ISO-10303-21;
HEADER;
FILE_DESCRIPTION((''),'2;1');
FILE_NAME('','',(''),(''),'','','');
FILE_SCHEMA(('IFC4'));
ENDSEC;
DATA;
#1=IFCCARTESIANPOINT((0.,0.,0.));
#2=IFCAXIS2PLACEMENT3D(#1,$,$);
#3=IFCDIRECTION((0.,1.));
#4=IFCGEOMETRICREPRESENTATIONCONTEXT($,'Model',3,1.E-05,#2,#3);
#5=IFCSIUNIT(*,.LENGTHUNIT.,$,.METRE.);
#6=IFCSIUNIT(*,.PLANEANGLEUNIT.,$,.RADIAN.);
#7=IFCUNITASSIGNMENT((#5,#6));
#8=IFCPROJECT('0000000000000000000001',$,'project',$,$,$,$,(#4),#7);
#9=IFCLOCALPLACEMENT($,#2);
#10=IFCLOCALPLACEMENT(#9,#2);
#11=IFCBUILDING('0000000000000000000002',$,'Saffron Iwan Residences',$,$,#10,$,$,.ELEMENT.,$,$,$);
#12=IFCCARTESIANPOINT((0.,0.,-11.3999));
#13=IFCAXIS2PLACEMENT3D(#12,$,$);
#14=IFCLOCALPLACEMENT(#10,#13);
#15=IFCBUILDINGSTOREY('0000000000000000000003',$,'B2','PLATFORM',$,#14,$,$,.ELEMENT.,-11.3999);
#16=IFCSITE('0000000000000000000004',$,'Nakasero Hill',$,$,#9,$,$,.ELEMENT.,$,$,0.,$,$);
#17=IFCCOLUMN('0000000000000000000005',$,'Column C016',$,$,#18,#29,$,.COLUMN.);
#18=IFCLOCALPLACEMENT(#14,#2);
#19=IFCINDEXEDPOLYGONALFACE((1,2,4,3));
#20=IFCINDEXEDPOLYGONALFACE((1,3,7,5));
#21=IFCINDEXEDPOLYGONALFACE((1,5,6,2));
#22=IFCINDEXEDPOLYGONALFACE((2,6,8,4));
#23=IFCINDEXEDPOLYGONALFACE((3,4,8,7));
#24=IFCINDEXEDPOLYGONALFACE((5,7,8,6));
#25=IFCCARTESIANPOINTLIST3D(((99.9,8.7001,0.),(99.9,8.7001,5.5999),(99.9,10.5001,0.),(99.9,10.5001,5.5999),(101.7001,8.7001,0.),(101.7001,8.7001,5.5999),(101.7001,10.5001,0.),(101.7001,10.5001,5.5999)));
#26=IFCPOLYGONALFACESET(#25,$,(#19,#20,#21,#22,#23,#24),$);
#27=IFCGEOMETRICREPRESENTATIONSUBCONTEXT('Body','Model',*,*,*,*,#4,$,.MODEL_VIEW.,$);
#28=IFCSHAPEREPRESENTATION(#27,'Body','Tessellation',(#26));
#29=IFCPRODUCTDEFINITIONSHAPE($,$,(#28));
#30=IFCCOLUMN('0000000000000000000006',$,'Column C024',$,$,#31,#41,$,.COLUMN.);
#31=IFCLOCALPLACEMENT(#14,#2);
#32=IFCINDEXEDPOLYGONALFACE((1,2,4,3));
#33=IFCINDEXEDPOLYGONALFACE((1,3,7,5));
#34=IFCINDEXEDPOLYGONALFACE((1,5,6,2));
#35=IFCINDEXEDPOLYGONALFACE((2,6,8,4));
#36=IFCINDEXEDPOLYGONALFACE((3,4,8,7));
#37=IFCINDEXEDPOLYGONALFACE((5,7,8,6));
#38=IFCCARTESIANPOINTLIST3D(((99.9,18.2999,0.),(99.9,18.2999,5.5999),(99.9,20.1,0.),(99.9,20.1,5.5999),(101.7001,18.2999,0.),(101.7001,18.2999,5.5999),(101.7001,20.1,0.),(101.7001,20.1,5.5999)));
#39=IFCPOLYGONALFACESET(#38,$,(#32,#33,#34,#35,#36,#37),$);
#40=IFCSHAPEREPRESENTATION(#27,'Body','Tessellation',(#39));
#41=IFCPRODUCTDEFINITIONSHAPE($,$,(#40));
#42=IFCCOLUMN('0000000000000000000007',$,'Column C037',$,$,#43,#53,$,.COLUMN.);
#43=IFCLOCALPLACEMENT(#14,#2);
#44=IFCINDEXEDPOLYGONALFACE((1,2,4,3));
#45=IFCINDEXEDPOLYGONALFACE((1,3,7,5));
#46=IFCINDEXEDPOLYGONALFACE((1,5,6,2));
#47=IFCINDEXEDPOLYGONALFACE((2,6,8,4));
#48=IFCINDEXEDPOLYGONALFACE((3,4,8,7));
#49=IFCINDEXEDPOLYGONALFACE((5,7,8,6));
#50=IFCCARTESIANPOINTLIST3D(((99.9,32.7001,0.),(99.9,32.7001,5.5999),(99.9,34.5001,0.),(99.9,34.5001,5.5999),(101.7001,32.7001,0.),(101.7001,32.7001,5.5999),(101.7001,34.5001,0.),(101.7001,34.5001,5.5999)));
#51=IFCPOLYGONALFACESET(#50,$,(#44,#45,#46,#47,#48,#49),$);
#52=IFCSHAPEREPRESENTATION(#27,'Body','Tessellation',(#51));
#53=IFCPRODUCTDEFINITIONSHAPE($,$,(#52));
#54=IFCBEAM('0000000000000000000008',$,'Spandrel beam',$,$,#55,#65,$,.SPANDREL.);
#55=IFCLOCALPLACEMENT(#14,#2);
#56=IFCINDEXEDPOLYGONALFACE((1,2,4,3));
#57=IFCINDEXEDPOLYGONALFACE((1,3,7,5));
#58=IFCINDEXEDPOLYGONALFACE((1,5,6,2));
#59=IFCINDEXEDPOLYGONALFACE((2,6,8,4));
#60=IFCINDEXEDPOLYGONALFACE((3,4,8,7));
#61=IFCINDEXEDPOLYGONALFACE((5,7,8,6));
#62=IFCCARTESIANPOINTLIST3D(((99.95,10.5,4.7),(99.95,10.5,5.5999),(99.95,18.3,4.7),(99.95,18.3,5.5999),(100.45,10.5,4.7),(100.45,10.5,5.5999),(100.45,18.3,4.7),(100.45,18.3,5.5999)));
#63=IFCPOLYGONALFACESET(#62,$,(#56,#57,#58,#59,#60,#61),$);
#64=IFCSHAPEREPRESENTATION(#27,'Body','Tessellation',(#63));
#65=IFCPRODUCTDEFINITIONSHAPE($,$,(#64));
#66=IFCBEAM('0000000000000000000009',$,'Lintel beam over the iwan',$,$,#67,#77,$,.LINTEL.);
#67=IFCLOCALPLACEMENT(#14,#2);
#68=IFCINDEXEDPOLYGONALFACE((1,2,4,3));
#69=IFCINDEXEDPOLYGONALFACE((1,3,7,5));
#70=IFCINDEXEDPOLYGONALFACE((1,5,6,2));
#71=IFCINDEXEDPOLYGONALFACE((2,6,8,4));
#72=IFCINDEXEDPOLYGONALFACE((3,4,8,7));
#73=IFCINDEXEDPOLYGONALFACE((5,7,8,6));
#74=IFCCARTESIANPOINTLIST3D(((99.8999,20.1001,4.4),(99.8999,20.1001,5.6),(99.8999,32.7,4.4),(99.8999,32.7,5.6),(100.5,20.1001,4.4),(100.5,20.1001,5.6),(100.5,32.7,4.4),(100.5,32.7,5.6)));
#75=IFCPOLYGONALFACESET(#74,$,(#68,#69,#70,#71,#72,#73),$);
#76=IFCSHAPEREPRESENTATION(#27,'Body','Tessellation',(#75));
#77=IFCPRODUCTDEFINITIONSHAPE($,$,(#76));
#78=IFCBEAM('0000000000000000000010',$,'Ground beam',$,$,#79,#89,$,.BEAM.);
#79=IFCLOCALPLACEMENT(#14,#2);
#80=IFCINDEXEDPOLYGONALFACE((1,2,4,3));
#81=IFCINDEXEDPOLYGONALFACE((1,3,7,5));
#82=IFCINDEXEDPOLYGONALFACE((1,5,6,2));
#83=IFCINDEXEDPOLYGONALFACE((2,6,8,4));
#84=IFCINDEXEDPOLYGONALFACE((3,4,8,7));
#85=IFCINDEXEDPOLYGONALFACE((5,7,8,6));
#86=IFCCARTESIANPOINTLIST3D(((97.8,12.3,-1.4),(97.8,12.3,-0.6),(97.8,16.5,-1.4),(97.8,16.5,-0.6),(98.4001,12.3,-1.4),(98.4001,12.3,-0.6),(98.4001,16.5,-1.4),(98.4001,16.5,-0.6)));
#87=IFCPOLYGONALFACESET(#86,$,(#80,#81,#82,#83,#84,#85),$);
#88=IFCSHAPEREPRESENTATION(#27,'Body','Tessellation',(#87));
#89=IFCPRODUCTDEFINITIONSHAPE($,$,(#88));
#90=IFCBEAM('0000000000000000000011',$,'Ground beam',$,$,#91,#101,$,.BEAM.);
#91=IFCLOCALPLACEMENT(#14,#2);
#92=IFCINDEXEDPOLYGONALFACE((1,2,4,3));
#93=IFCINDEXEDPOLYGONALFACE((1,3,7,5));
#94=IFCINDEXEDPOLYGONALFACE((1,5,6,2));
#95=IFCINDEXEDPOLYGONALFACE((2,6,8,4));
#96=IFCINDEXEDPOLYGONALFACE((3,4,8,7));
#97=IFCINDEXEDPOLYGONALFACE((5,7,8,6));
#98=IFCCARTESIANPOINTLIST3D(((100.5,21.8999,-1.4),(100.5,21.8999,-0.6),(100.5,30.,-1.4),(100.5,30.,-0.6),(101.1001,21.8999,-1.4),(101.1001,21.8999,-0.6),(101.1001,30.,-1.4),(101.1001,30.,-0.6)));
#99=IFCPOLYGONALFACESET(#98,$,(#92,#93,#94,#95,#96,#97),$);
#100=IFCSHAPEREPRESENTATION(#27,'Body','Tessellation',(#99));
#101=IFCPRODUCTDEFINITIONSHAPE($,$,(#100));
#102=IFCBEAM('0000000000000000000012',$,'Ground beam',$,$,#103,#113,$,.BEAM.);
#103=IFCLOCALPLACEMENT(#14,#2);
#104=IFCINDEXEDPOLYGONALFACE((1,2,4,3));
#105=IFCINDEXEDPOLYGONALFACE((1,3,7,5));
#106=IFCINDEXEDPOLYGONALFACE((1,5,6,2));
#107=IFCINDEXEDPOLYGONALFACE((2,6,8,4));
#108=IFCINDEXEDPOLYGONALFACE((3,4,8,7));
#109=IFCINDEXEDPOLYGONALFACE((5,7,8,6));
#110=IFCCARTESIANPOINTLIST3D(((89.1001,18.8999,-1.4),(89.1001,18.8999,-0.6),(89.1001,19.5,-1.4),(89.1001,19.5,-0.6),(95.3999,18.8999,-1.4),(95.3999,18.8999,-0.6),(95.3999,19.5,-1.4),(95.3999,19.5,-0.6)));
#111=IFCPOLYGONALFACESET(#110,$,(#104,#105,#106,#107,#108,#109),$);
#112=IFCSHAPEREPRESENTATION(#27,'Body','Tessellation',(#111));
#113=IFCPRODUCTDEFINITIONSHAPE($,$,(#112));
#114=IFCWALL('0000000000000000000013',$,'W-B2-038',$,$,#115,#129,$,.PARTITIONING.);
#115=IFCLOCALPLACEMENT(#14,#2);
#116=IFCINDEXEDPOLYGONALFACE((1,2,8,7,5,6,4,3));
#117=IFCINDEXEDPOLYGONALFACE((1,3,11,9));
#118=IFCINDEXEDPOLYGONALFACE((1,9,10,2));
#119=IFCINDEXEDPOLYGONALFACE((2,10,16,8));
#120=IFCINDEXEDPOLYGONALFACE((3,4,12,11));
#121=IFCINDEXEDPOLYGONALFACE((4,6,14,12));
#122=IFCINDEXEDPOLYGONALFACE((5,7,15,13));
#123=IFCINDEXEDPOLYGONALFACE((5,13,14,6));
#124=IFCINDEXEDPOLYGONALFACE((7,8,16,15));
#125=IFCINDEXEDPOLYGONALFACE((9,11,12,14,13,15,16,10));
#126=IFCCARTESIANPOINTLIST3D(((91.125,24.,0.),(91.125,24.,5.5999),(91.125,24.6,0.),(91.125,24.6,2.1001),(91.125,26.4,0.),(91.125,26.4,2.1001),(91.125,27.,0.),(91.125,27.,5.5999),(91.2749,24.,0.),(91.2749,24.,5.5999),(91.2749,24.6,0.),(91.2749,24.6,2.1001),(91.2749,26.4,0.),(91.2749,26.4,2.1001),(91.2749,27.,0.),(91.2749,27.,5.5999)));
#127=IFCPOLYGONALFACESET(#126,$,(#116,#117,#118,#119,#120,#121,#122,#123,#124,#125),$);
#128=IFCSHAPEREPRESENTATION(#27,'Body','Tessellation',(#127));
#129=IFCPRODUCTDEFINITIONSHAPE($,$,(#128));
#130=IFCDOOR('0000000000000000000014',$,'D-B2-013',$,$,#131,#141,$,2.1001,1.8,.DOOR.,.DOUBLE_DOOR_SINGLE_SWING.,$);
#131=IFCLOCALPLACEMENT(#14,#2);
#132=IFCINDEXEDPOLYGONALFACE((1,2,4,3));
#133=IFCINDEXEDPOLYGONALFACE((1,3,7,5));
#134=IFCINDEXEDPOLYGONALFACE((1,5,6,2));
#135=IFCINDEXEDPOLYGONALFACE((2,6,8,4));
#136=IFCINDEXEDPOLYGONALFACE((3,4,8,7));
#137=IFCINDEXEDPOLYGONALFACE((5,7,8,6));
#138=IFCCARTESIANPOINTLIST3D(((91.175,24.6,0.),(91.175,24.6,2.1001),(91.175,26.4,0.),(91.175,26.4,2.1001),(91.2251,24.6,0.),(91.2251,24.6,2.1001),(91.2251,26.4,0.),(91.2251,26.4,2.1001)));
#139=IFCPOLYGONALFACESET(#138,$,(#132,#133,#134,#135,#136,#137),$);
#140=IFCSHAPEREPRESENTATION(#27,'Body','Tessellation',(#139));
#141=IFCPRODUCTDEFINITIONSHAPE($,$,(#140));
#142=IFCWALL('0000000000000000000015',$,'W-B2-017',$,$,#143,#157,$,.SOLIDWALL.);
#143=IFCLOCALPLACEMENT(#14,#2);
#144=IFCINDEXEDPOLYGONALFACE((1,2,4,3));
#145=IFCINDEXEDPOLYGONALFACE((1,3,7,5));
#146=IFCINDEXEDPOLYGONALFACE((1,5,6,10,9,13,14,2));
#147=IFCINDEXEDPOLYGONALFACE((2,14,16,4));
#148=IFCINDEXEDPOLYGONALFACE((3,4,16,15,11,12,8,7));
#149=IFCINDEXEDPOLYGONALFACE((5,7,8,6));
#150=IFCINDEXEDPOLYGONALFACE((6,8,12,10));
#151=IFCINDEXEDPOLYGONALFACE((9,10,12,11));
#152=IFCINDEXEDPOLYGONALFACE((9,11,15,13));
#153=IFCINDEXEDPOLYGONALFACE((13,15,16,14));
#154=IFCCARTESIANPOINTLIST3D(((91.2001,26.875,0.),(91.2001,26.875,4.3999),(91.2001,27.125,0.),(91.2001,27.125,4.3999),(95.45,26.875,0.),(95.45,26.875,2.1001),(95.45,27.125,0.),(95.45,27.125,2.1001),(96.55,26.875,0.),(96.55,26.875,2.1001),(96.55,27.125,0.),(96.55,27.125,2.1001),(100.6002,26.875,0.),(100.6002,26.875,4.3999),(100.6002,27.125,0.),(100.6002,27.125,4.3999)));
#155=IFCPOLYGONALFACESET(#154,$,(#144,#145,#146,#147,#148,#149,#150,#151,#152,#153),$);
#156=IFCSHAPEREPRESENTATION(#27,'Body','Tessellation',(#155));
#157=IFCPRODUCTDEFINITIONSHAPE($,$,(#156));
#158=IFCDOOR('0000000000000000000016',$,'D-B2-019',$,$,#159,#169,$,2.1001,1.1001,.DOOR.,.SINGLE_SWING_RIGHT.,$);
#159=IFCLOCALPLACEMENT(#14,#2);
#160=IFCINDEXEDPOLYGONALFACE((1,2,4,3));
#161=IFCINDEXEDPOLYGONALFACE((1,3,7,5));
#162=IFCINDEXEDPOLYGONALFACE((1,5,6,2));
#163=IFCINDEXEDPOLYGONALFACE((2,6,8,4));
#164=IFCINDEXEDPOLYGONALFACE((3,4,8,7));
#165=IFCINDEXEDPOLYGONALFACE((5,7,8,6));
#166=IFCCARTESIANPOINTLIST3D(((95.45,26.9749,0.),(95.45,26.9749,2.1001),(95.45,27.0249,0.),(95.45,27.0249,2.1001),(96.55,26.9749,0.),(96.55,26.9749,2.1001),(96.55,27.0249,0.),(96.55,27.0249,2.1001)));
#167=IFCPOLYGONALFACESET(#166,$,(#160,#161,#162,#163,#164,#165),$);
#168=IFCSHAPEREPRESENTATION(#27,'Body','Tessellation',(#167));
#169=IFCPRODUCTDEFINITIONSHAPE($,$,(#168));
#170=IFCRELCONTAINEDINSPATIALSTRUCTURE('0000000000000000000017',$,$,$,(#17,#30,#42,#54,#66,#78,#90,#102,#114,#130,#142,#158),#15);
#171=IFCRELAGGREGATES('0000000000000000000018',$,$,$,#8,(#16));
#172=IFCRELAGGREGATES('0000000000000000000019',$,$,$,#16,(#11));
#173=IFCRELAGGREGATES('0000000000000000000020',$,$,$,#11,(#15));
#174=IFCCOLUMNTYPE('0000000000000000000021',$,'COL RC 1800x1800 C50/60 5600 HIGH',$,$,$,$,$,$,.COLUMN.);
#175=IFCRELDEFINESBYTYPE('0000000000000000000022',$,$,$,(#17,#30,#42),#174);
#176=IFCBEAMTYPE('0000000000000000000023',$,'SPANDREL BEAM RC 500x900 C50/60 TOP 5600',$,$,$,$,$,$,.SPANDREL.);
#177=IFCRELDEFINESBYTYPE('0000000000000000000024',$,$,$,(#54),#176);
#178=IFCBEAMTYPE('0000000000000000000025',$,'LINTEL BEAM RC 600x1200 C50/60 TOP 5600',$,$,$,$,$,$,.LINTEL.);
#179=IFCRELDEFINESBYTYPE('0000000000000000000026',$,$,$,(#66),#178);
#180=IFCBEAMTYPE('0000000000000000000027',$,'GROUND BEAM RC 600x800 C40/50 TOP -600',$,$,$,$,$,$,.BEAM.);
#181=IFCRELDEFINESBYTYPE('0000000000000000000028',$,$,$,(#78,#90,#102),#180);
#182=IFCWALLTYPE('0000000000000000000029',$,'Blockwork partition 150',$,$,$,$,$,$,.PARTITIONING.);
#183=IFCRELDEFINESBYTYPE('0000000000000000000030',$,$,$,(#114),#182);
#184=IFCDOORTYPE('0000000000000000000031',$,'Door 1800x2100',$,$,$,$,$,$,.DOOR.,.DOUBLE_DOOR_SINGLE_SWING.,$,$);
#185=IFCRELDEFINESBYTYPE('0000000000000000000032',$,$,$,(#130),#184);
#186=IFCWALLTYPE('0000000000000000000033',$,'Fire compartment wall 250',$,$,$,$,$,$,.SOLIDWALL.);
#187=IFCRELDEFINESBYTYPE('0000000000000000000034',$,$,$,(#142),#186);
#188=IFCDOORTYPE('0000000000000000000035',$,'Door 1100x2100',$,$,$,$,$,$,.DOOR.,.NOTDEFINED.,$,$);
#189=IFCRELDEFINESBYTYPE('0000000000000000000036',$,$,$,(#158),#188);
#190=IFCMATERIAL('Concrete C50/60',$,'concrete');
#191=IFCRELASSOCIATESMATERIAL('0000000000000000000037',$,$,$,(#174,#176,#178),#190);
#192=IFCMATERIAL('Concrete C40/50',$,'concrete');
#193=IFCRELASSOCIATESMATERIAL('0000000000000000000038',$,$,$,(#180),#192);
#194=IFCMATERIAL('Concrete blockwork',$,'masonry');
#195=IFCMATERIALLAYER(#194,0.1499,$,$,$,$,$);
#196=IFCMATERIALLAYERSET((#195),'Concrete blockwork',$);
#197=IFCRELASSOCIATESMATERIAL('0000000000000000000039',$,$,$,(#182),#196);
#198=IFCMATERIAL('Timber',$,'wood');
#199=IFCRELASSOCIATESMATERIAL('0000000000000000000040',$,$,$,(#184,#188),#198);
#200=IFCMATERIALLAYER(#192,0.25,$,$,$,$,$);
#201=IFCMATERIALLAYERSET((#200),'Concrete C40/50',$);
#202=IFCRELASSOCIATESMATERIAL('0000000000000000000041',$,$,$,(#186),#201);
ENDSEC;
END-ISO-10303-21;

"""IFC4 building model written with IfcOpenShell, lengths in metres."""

from ifc_helpers import new_model, si_unit, direction, frame, frame_2d, origin, origin_2d, place, context, subcontext, project, spatial, rectangle, extrude, source, transform, mapped, material, layer, layer_set, material_profile, profile_set, type_object, element, fill, save


model = new_model("IFC4")

# Units and contexts
model_context = context("Model", 3, precision=1e-05, world=origin(), true_north=direction((0.0, 1.0)))
body_context = subcontext(model_context, "Body", "Model", "MODEL_VIEW")
ifc_project = project(units=[si_unit("LENGTHUNIT", "METRE"), si_unit("PLANEANGLEUNIT", "RADIAN")], contexts=[model_context])

# Site, building, storey
site_placement = place(None, origin())
site = spatial("IfcSite", under=ifc_project, at=site_placement, Name="Nakasero Hill", CompositionType="ELEMENT", RefElevation=0.0)
building_placement = place(site_placement, origin())
building = spatial("IfcBuilding", under=site, at=building_placement, Name="Saffron Iwan Residences", CompositionType="ELEMENT")
storey_placement = place(building_placement, frame((0.0, 0.0, -11.3999)))
storey = spatial("IfcBuildingStorey", under=building, at=storey_placement, Name="B2", Description="PLATFORM", CompositionType="ELEMENT", Elevation=-11.3999)

# Shared definitions
ifc_material_1 = material(Name="Concrete C40/50", Category="concrete")

# Columns
ifc_material_2 = material(Name="Concrete C50/60", Category="concrete")
ifc_material_profile_1 = material_profile(ifc_material_2, rectangle(XDim=1.8, YDim=1.8, at=origin_2d()), Name="RC 1800x1800")
ifc_profile_set_1 = profile_set([ifc_material_profile_1], Name="Concrete C50/60")
column_type = type_object("IfcColumnType", Name="COL RC 1800x1800 C50/60 5600 HIGH", PredefinedType="COLUMN", material=ifc_profile_set_1)
shared_shape_1 = source(origin(), body_context, "Body", "SweptSolid", [
    extrude(rectangle(XDim=1.8, YDim=1.8, at=origin_2d()), origin(), (0.0, 0.0, 1.0), 5.5999),
])
for number, where, z_axis, x_axis, name in (
    (1, (100.8, 9.6001, 0.0), (0.0, 0.0, 1.0), (1.0, 0.0, 0.0), "Column C016"),
    (2, (100.8, 19.2, 0.0), (0.0, 0.0, 1.0), (1.0, 0.0, 0.0), "Column C024"),
    (3, (100.8, 33.6001, 0.0), (0.0, 0.0, 1.0), (1.0, 0.0, 0.0), "Column C037"),
):
    element("IfcColumn", number, at=place(storey_placement, frame(where, z_axis=z_axis, x_axis=x_axis)), inside=storey, type_object=column_type, Name=name, PredefinedType="COLUMN", context=body_context, shape_type="MappedRepresentation", body=[
        mapped(shared_shape_1, transform((0.0, 0.0, 0.0))),
    ])

# Beams
ifc_material_profile_2 = material_profile(ifc_material_2, rectangle(XDim=0.5, YDim=0.8999, at=origin_2d()), Name="RC 500x900")
ifc_profile_set_2 = profile_set([ifc_material_profile_2], Name="Concrete C50/60")
beam_type_1 = type_object("IfcBeamType", Name="SPANDREL BEAM RC 500x900 C50/60 TOP 5600", PredefinedType="SPANDREL", material=ifc_profile_set_2)
shared_shape_2 = source(origin(), body_context, "Body", "SweptSolid", [
    extrude(rectangle(XDim=0.5, YDim=0.8999, at=origin_2d()), origin(), (0.0, 0.0, 1.0), 7.8),
])
beam_1_placement = place(storey_placement, frame((100.2, 18.3, 5.1499), z_axis=(0.0, -1.0, 0.0), x_axis=(1.0, 0.0, 0.0)))
element("IfcBeam", 4, at=beam_1_placement, inside=storey, type_object=beam_type_1, Name="Spandrel beam", PredefinedType="SPANDREL", context=body_context, shape_type="MappedRepresentation", body=[
    mapped(shared_shape_2, transform((0.0, 0.0, 0.0))),
])
ifc_material_profile_3 = material_profile(ifc_material_2, rectangle(XDim=0.6001, YDim=1.2, at=origin_2d()), Name="RC 600x1200")
ifc_profile_set_3 = profile_set([ifc_material_profile_3], Name="Concrete C50/60")
beam_type_2 = type_object("IfcBeamType", Name="LINTEL BEAM RC 600x1200 C50/60 TOP 5600", PredefinedType="LINTEL", material=ifc_profile_set_3)
shared_shape_3 = source(origin(), body_context, "Body", "SweptSolid", [
    extrude(rectangle(XDim=0.6001, YDim=1.2, at=origin_2d()), origin(), (0.0, 0.0, 1.0), 12.5999),
])
beam_2_placement = place(storey_placement, frame((100.2, 32.7, 5.0), z_axis=(0.0, -1.0, 0.0), x_axis=(1.0, 0.0, 0.0)))
element("IfcBeam", 5, at=beam_2_placement, inside=storey, type_object=beam_type_2, Name="Lintel beam over the iwan", PredefinedType="LINTEL", context=body_context, shape_type="MappedRepresentation", body=[
    mapped(shared_shape_3, transform((0.0, 0.0, 0.0))),
])
ifc_material_profile_4 = material_profile(ifc_material_1, rectangle(XDim=0.6001, YDim=0.8, at=origin_2d()), Name="RC 600x800")
ifc_profile_set_4 = profile_set([ifc_material_profile_4], Name="Concrete C40/50")
beam_type_3 = type_object("IfcBeamType", Name="GROUND BEAM RC 600x800 C40/50 TOP -600", PredefinedType="BEAM", material=ifc_profile_set_4)
shared_shape_4 = source(origin(), body_context, "Body", "SweptSolid", [
    extrude(rectangle(XDim=0.6001, YDim=0.8, at=origin_2d()), origin(), (0.0, 0.0, 1.0), 4.2),
])
beam_3_placement = place(storey_placement, frame((98.1001, 12.3, -1.0), z_axis=(0.0, 1.0, 0.0), x_axis=(-1.0, 0.0, 0.0)))
element("IfcBeam", 6, at=beam_3_placement, inside=storey, type_object=beam_type_3, Name="Ground beam", PredefinedType="BEAM", context=body_context, shape_type="MappedRepresentation", body=[
    mapped(shared_shape_4, transform((0.0, 0.0, 0.0))),
])
shared_shape_5 = source(origin(), body_context, "Body", "SweptSolid", [
    extrude(rectangle(XDim=0.6001, YDim=0.8, at=origin_2d()), origin(), (0.0, 0.0, 1.0), 8.1001),
])
beam_4_placement = place(storey_placement, frame((100.8, 21.8999, -1.0), z_axis=(0.0, 1.0, 0.0), x_axis=(-1.0, 0.0, 0.0)))
element("IfcBeam", 7, at=beam_4_placement, inside=storey, type_object=beam_type_3, Name="Ground beam", PredefinedType="BEAM", context=body_context, shape_type="MappedRepresentation", body=[
    mapped(shared_shape_5, transform((0.0, 0.0, 0.0))),
])
shared_shape_6 = source(origin(), body_context, "Body", "SweptSolid", [
    extrude(rectangle(XDim=0.6001, YDim=0.8, at=origin_2d()), origin(), (0.0, 0.0, 1.0), 6.2998),
])
beam_5_placement = place(storey_placement, frame((89.1001, 19.2, -1.0), z_axis=(1.0, 0.0, 0.0), x_axis=(0.0, 1.0, 0.0)))
element("IfcBeam", 8, at=beam_5_placement, inside=storey, type_object=beam_type_3, Name="Ground beam", PredefinedType="BEAM", context=body_context, shape_type="MappedRepresentation", body=[
    mapped(shared_shape_6, transform((0.0, 0.0, 0.0))),
])

# Walls, openings, doors
ifc_material_3 = material(Name="Concrete blockwork", Category="masonry")
ifc_layer_1 = layer(ifc_material_3, 0.1499)
ifc_layer_set_1 = layer_set([ifc_layer_1], Name="Concrete blockwork")
wall_type_1 = type_object("IfcWallType", Name="Blockwork partition 150", PredefinedType="PARTITIONING", material=ifc_layer_set_1)
wall_1_placement = place(storey_placement, frame((91.2, 24.0, 0.0), z_axis=(0.0, 0.0, 1.0), x_axis=(0.0, 1.0, 0.0)))
wall_1 = element("IfcWall", 9, at=wall_1_placement, inside=storey, type_object=wall_type_1, Name="W-B2-038", PredefinedType="PARTITIONING", context=body_context, shape_type="SweptSolid", body=[
    extrude(rectangle(XDim=3.0, YDim=0.1499, at=frame_2d((1.5, 0.0))), origin(), (0.0, 0.0, 1.0), 5.5999),
])
opening_1_placement = place(wall_1_placement, frame((0.6001, 0.0, 0.0)))
opening_1 = element("IfcOpeningElement", 10, at=opening_1_placement, cuts=wall_1, PredefinedType="OPENING", context=body_context, shape_type="SweptSolid", body=[
    extrude(rectangle(XDim=1.8, YDim=2.1001, at=frame_2d((0.8999, 1.05))), frame((0.0, 0.085, 0.0), z_axis=(0.0, -1.0, 0.0), x_axis=(1.0, 0.0, 0.0)), (0.0, 0.0, 1.0), 0.1699),
])
ifc_material_4 = material(Name="Timber", Category="wood")
door_type_1 = type_object("IfcDoorType", Name="Door 1800x2100", OperationType="DOUBLE_DOOR_SINGLE_SWING", PredefinedType="DOOR", material=ifc_material_4)
door_1_placement = place(opening_1_placement, origin())
door_1 = element("IfcDoor", 11, at=door_1_placement, inside=storey, type_object=door_type_1, Name="D-B2-013", OperationType="DOUBLE_DOOR_SINGLE_SWING", OverallHeight=2.1001, OverallWidth=1.8, PredefinedType="DOOR", context=body_context, shape_type="SweptSolid", body=[
    extrude(rectangle(XDim=1.8, YDim=2.1001, at=frame_2d((0.8999, 1.05))), frame((0.0, 0.0249, 0.0), z_axis=(0.0, -1.0, 0.0), x_axis=(1.0, 0.0, 0.0)), (0.0, 0.0, 1.0), 0.05),
])
fill(opening_1, door_1)
ifc_layer_2 = layer(ifc_material_1, 0.25)
ifc_layer_set_2 = layer_set([ifc_layer_2], Name="Concrete C40/50")
wall_type_2 = type_object("IfcWallType", Name="Fire compartment wall 250", PredefinedType="SOLIDWALL", material=ifc_layer_set_2)
wall_2_placement = place(storey_placement, frame((91.2, 27.0, 0.0), z_axis=(0.0, 0.0, 1.0), x_axis=(1.0, 0.0, 0.0)))
wall_2 = element("IfcWall", 12, at=wall_2_placement, inside=storey, type_object=wall_type_2, Name="W-B2-017", PredefinedType="SOLIDWALL", context=body_context, shape_type="SweptSolid", body=[
    extrude(rectangle(XDim=9.4001, YDim=0.25, at=frame_2d((4.7002, 0.0))), origin(), (0.0, 0.0, 1.0), 4.3999),
])
opening_2_placement = place(wall_2_placement, frame((4.25, 0.0, 0.0)))
opening_2 = element("IfcOpeningElement", 13, at=opening_2_placement, cuts=wall_2, PredefinedType="OPENING", context=body_context, shape_type="SweptSolid", body=[
    extrude(rectangle(XDim=1.1001, YDim=2.1001, at=frame_2d((0.55, 1.05))), frame((0.0, 0.135, 0.0), z_axis=(0.0, -1.0, 0.0), x_axis=(1.0, 0.0, 0.0)), (0.0, 0.0, 1.0), 0.27),
])
door_type_2 = type_object("IfcDoorType", Name="Door 1100x2100", OperationType="NOTDEFINED", PredefinedType="DOOR", material=ifc_material_4)
door_2_placement = place(opening_2_placement, origin())
door_2 = element("IfcDoor", 14, at=door_2_placement, inside=storey, type_object=door_type_2, Name="D-B2-019", OperationType="SINGLE_SWING_RIGHT", OverallHeight=2.1001, OverallWidth=1.1001, PredefinedType="DOOR", context=body_context, shape_type="SweptSolid", body=[
    extrude(rectangle(XDim=1.1001, YDim=2.1001, at=frame_2d((0.55, 1.05))), frame((0.0, 0.0249, 0.0), z_axis=(0.0, -1.0, 0.0), x_axis=(1.0, 0.0, 0.0)), (0.0, 0.0, 1.0), 0.05),
])
fill(opening_2, door_2)

save(model, "model.ifc")
